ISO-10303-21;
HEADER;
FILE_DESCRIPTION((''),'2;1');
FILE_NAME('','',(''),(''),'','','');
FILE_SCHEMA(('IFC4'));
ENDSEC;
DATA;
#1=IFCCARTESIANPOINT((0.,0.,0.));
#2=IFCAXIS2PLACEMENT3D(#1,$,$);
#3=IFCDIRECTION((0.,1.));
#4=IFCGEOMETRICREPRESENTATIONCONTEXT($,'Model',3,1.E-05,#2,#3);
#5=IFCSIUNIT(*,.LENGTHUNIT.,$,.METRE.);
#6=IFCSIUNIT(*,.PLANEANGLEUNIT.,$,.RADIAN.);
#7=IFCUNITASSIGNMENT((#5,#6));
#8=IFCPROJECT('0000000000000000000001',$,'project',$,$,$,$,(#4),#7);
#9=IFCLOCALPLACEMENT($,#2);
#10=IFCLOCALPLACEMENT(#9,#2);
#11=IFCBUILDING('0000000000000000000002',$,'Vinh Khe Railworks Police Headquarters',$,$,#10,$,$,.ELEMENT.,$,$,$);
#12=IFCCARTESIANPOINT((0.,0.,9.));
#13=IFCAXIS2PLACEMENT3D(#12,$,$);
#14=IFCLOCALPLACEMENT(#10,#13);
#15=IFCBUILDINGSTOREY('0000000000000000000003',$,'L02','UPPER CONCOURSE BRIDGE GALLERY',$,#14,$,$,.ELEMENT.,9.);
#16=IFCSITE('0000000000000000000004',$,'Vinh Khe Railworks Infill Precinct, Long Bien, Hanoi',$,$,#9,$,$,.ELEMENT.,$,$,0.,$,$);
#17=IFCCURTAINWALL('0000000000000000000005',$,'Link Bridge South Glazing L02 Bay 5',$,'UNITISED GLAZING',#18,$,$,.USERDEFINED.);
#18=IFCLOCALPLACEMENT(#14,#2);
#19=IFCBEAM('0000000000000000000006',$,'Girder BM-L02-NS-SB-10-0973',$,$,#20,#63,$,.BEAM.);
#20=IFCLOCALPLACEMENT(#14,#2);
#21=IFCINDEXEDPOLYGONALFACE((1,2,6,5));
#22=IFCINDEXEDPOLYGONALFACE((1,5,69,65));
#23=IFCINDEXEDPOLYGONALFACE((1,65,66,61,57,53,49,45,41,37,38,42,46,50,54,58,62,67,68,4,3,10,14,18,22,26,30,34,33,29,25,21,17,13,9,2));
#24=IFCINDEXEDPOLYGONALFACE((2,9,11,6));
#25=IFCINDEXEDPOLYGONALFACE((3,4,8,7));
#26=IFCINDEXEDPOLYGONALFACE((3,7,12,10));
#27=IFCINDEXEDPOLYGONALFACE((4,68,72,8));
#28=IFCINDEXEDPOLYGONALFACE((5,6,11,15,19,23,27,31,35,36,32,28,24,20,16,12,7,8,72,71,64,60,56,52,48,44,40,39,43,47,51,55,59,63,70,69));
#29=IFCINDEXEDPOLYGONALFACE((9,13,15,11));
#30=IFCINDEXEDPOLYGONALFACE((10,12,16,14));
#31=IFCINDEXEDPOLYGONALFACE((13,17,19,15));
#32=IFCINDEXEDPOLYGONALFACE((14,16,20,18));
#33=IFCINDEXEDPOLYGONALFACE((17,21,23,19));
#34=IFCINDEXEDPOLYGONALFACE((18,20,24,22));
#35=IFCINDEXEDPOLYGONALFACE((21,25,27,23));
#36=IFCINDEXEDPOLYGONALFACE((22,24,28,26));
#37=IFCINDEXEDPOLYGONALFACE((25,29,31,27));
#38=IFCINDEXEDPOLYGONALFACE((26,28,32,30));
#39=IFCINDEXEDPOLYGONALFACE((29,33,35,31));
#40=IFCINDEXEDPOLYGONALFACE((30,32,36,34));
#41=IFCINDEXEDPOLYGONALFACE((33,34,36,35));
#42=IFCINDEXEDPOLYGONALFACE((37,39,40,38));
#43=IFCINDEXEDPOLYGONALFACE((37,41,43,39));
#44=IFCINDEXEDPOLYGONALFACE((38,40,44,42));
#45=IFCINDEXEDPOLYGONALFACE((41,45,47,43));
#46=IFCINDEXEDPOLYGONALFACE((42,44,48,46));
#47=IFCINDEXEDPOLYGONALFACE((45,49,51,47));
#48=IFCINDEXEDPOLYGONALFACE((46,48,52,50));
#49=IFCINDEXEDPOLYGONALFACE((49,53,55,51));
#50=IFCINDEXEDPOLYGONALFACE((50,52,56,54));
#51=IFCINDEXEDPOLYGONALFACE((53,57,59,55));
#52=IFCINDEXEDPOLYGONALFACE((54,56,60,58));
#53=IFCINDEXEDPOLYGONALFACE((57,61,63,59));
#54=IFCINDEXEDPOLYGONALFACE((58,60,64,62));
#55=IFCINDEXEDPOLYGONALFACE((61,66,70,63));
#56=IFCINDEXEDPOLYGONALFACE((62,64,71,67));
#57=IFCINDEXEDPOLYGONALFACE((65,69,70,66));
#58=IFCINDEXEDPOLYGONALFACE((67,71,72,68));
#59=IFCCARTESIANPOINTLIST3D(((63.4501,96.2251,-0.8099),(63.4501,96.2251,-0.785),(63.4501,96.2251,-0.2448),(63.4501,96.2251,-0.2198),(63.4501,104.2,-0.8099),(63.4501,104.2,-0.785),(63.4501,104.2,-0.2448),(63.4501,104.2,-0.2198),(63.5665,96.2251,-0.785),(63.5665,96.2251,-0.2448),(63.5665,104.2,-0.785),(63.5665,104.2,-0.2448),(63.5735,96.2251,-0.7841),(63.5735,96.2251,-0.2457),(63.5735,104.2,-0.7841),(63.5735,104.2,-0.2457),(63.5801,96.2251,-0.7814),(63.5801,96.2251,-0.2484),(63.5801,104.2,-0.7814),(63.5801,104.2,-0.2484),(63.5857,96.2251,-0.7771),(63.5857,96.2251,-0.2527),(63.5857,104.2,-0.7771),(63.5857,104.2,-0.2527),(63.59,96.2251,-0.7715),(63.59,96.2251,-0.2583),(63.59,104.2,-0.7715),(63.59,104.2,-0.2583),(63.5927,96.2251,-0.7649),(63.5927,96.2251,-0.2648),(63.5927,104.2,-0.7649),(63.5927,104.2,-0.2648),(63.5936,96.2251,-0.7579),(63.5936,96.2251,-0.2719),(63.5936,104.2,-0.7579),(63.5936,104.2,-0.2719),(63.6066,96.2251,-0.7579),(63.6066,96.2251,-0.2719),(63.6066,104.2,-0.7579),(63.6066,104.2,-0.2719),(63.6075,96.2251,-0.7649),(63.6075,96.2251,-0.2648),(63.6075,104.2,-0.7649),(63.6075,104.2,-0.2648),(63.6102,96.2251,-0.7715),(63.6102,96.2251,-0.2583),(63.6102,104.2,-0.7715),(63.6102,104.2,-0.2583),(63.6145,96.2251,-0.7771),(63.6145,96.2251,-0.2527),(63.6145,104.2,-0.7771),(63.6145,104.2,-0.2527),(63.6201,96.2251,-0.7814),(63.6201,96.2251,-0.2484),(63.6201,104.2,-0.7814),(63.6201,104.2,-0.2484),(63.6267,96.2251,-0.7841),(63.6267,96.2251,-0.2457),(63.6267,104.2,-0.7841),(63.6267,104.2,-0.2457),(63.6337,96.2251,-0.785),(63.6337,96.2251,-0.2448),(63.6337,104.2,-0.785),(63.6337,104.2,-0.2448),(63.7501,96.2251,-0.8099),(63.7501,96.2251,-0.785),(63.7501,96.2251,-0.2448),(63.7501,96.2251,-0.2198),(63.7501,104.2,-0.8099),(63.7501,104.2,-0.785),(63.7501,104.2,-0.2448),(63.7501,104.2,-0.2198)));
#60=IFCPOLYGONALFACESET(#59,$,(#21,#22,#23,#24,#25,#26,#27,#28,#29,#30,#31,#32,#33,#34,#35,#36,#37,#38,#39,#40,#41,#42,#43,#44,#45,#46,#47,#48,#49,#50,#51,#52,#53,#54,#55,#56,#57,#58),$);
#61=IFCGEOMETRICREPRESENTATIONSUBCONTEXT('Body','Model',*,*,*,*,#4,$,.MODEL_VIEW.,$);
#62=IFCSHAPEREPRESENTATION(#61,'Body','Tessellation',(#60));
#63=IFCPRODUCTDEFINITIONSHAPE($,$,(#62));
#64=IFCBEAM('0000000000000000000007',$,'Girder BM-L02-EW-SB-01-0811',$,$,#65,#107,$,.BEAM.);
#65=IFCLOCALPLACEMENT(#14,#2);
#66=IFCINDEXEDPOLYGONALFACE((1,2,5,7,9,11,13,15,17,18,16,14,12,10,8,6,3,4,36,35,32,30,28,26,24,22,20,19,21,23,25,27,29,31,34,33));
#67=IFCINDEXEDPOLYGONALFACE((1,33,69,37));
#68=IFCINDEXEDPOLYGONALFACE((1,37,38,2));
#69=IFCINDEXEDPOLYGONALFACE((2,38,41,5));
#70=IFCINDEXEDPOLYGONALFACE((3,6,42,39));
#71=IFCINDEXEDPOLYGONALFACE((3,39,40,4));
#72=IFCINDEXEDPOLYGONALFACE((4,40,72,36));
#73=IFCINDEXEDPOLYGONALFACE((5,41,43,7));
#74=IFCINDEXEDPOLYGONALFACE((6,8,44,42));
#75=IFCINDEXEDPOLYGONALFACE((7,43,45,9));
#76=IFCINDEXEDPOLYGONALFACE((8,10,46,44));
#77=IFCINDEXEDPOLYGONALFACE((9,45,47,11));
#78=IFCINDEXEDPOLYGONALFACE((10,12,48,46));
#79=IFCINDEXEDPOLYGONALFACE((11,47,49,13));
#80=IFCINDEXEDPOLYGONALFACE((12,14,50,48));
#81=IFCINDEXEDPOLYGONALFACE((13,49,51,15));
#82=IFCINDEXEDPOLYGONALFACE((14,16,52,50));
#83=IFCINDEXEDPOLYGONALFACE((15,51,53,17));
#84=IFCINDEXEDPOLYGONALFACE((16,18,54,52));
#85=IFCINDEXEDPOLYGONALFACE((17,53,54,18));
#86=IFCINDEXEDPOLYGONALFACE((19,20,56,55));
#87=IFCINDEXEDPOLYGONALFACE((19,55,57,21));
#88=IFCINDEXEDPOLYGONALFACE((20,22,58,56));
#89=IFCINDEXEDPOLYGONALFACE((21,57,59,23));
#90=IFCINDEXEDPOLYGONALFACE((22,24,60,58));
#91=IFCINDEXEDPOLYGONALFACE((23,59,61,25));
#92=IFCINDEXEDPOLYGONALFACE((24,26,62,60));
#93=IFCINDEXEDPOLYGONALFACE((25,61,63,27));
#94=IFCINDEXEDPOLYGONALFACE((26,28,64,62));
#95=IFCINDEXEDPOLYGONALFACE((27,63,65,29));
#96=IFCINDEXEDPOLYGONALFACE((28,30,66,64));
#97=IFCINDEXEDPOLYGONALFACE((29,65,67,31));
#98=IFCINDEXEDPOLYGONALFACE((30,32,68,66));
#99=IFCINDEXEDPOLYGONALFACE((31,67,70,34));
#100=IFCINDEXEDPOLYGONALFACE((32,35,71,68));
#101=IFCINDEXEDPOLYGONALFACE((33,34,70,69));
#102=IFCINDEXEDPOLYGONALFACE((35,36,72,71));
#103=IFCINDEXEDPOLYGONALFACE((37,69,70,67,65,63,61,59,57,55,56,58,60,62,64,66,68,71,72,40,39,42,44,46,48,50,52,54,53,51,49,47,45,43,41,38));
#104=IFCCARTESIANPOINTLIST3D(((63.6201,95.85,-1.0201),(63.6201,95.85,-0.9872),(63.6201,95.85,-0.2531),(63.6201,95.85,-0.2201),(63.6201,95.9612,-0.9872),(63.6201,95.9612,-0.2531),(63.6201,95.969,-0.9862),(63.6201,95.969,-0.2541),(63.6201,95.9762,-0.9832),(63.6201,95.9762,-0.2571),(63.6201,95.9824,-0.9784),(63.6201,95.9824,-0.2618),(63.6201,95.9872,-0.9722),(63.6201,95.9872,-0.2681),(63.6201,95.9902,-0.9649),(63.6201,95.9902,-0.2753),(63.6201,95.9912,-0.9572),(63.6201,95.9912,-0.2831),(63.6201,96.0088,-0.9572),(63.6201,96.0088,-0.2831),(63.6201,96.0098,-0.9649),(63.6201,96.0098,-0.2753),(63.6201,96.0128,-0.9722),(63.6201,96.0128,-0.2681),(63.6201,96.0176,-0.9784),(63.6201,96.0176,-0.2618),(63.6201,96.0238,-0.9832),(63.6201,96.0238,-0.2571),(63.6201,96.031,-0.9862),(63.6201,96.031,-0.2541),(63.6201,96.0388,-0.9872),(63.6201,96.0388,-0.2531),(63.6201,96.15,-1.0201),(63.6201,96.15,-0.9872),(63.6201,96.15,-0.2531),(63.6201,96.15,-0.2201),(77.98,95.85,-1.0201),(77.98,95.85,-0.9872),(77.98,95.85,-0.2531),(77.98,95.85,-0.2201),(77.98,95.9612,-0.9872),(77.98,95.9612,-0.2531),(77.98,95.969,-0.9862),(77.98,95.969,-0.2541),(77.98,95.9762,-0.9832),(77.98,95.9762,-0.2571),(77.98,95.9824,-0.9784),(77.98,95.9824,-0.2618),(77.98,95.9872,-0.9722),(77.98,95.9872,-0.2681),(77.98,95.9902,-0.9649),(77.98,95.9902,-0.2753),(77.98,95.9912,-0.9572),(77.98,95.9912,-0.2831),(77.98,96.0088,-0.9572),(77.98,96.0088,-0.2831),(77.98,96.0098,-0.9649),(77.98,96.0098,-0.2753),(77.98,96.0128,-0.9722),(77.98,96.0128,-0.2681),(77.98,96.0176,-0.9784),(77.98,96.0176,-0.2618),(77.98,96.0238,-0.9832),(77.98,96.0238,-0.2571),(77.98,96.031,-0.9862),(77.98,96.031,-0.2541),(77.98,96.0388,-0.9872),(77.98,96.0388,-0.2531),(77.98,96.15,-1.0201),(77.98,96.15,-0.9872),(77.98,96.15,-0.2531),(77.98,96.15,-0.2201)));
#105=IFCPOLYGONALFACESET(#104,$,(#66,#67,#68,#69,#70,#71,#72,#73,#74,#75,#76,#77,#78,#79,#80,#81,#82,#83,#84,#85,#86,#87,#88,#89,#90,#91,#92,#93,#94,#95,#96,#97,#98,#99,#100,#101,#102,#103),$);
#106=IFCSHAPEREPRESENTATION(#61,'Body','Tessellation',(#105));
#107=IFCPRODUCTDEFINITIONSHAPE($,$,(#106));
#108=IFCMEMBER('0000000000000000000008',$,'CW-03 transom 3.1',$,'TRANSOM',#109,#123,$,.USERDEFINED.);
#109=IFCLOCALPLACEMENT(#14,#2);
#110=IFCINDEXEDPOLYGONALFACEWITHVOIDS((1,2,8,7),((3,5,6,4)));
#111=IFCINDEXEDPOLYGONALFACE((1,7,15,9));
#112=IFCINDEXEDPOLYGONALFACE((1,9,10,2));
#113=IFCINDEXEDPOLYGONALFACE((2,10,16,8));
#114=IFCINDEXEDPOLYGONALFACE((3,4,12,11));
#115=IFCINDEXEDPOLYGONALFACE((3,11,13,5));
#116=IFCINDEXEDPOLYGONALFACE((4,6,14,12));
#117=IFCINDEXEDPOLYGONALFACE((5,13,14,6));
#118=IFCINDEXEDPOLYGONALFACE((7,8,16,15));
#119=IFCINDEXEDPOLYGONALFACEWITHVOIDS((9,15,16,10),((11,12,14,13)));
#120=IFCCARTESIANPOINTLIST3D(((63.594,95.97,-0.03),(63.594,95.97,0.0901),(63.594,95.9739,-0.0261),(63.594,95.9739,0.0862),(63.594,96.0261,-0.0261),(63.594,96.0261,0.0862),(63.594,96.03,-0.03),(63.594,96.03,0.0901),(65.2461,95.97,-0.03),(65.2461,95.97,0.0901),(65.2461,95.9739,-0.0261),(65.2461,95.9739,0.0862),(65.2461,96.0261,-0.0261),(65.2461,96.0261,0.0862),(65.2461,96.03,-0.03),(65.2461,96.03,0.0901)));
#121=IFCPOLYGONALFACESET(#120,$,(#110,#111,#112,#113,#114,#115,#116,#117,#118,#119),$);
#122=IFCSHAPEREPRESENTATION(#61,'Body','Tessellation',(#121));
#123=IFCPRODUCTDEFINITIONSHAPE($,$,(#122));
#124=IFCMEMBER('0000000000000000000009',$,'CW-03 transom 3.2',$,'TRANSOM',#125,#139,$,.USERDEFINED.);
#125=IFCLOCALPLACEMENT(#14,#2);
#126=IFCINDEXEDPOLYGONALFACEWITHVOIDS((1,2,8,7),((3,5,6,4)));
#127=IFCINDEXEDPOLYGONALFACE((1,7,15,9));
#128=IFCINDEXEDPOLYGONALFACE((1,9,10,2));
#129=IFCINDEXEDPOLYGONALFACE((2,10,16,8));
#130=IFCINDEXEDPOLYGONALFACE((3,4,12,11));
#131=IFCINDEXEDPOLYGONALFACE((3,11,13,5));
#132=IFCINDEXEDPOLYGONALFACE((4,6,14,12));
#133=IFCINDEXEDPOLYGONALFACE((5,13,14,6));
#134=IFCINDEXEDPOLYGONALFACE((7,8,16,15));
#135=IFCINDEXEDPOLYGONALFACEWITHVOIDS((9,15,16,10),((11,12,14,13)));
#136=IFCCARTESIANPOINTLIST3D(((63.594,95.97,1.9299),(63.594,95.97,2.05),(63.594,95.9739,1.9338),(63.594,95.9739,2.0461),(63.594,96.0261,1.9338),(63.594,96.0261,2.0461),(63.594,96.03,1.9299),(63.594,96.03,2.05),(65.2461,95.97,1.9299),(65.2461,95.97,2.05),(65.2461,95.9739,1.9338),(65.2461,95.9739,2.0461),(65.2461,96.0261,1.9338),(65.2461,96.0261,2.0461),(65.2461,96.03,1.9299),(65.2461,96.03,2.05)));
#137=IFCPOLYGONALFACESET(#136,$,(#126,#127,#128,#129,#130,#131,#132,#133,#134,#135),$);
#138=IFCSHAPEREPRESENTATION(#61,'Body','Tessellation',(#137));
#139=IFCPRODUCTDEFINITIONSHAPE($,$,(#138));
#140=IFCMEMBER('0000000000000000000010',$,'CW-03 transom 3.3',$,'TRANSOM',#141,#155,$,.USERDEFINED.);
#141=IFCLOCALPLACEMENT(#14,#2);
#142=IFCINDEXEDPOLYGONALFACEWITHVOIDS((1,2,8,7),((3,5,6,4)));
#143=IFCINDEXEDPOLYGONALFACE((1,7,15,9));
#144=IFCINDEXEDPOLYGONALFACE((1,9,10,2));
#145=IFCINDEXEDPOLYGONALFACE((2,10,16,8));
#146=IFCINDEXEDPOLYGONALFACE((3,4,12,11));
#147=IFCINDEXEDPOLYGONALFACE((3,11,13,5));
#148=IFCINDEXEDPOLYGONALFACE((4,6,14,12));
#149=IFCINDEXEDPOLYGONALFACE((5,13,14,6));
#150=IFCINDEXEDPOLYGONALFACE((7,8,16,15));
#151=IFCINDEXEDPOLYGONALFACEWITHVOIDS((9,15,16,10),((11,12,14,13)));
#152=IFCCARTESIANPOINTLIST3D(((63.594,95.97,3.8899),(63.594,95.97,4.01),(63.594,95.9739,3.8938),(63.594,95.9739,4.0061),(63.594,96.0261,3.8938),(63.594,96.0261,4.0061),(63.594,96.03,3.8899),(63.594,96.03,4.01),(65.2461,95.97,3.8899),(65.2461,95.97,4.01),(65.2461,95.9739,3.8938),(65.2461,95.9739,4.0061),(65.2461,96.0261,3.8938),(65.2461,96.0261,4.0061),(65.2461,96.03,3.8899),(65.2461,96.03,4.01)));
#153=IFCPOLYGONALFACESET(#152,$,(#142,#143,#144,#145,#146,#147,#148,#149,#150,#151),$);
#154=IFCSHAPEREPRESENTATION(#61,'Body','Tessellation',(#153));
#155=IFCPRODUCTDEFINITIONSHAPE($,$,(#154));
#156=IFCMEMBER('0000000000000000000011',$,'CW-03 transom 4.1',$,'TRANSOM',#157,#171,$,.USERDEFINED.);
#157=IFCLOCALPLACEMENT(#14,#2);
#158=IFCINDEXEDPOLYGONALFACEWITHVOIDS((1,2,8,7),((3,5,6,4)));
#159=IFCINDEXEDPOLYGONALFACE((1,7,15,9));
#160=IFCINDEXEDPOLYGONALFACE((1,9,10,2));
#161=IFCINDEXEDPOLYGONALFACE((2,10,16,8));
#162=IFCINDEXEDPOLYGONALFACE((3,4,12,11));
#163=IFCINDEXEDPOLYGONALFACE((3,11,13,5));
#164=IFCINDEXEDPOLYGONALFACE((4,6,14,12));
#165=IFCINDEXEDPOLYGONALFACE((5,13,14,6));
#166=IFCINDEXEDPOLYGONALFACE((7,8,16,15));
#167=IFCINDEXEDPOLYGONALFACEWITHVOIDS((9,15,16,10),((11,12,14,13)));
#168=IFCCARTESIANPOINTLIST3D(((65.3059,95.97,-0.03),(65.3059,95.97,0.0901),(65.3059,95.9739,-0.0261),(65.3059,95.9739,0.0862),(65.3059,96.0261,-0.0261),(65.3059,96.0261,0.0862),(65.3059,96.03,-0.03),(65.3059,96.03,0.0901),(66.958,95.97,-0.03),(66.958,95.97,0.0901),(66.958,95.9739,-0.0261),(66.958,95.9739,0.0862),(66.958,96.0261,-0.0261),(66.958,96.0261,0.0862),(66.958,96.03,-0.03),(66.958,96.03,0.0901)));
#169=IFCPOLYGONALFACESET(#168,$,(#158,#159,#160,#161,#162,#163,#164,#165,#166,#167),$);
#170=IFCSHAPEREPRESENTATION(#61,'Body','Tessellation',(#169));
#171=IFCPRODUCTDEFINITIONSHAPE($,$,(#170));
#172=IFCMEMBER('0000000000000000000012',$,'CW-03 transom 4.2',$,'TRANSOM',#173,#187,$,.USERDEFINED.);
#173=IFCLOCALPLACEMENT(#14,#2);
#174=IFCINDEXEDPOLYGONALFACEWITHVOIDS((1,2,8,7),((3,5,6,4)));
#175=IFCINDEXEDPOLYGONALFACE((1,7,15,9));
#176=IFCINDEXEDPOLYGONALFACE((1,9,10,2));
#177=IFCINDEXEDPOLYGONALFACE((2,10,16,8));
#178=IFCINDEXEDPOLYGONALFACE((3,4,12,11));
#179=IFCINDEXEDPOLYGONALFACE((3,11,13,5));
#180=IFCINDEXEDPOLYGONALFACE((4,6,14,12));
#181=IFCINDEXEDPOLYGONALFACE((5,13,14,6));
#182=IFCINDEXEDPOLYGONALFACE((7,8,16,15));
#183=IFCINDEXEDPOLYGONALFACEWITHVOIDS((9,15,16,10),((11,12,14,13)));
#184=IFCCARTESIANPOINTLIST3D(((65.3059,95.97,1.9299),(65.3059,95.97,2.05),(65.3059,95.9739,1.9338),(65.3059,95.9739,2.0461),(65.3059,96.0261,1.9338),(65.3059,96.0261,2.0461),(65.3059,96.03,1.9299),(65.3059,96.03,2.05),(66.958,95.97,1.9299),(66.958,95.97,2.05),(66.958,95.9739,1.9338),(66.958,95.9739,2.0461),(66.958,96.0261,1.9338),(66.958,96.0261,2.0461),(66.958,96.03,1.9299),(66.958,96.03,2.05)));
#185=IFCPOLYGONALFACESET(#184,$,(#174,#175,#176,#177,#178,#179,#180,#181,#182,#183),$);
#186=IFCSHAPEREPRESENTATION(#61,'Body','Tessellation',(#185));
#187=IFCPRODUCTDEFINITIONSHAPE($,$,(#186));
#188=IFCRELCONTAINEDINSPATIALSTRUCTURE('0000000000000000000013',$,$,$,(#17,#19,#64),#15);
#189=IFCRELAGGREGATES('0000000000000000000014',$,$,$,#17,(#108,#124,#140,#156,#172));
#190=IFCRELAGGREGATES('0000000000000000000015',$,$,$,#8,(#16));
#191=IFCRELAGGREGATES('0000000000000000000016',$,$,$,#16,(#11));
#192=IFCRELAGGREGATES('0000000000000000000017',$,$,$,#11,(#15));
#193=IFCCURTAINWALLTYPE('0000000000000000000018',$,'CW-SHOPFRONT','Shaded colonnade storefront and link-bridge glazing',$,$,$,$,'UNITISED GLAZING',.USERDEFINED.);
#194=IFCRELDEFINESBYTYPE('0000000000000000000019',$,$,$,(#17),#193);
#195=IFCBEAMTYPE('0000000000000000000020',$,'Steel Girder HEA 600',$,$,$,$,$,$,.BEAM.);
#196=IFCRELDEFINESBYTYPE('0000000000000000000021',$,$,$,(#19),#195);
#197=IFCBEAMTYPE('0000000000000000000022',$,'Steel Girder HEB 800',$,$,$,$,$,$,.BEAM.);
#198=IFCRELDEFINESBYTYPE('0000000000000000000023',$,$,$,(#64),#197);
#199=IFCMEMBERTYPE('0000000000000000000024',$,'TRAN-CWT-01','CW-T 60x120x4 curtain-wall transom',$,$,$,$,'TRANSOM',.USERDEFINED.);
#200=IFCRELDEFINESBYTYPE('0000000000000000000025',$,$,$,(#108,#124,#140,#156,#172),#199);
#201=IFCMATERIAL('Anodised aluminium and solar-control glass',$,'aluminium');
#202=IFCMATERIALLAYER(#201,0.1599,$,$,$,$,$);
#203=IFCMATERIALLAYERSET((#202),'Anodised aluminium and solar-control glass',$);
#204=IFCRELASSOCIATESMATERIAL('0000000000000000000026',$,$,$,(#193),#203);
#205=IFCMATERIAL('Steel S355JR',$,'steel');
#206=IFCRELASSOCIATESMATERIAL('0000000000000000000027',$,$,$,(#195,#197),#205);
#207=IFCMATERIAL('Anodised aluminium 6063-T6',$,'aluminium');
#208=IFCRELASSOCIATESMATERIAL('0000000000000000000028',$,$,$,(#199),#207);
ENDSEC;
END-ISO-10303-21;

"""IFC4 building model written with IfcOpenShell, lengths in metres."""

from ifc_helpers import new_model, si_unit, direction, frame, origin, origin_2d, place, context, subcontext, project, spatial, hollow_rectangle, i_section, extrude, material, layer, layer_set, material_profile, profile_set, type_object, element, aggregate, save


model = new_model("IFC4")

# Units and contexts
model_context = context("Model", 3, precision=1e-05, world=origin(), true_north=direction((0.0, 1.0)))
body_context = subcontext(model_context, "Body", "Model", "MODEL_VIEW")
ifc_project = project(units=[si_unit("LENGTHUNIT", "METRE"), si_unit("PLANEANGLEUNIT", "RADIAN")], contexts=[model_context])

# Site, building, storey
site_placement = place(None, origin())
site = spatial("IfcSite", under=ifc_project, at=site_placement, Name="Vinh Khe Railworks Infill Precinct, Long Bien, Hanoi", CompositionType="ELEMENT", RefElevation=0.0)
building_placement = place(site_placement, origin())
building = spatial("IfcBuilding", under=site, at=building_placement, Name="Vinh Khe Railworks Police Headquarters", CompositionType="ELEMENT")
storey_placement = place(building_placement, frame((0.0, 0.0, 9.0)))
storey = spatial("IfcBuildingStorey", under=building, at=storey_placement, Name="L02", Description="UPPER CONCOURSE BRIDGE GALLERY", CompositionType="ELEMENT", Elevation=9.0)

# Shared definitions
ifc_material_1 = material(Name="Steel S355JR", Category="steel")

# Curtain wall
ifc_material_2 = material(Name="Anodised aluminium and solar-control glass", Category="aluminium")
ifc_layer_1 = layer(ifc_material_2, 0.1599)
ifc_layer_set_1 = layer_set([ifc_layer_1], Name="Anodised aluminium and solar-control glass")
curtain_wall_type = type_object("IfcCurtainWallType", Name="CW-SHOPFRONT", Description="Shaded colonnade storefront and link-bridge glazing", ElementType="UNITISED GLAZING", PredefinedType="USERDEFINED", material=ifc_layer_set_1)
curtain_wall_1_placement = place(storey_placement, origin())
curtain_wall_1 = element("IfcCurtainWall", 1, at=curtain_wall_1_placement, inside=storey, type_object=curtain_wall_type, Name="Link Bridge South Glazing L02 Bay 5", ObjectType="UNITISED GLAZING", PredefinedType="USERDEFINED")
ifc_material_3 = material(Name="Anodised aluminium 6063-T6", Category="aluminium")

# Beams
ifc_material_profile_1 = material_profile(ifc_material_1, i_section(OverallWidth=0.3, OverallDepth=0.5901, WebThickness=0.0129, FlangeThickness=0.0249, FilletRadius=0.0271, at=origin_2d()), Name="HEA 600")
ifc_profile_set_1 = profile_set([ifc_material_profile_1], Name="Steel S355JR")
beam_type_1 = type_object("IfcBeamType", Name="Steel Girder HEA 600", PredefinedType="BEAM", material=ifc_profile_set_1)
beam_1_placement = place(storey_placement, frame((63.6001, 96.2251, -0.5149), z_axis=(0.0, 1.0, 0.0), x_axis=(-1.0, 0.0, 0.0)))
element("IfcBeam", 2, at=beam_1_placement, inside=storey, type_object=beam_type_1, Name="Girder BM-L02-NS-SB-10-0973", PredefinedType="BEAM", context=body_context, shape_type="SweptSolid", body=[
    extrude(i_section(OverallWidth=0.3, OverallDepth=0.5901, WebThickness=0.0129, FlangeThickness=0.0249, FilletRadius=0.0271, at=origin_2d()), origin(), (0.0, 0.0, 1.0), 7.9749),
])
ifc_material_profile_2 = material_profile(ifc_material_1, i_section(OverallWidth=0.3, OverallDepth=0.8, WebThickness=0.0176, FlangeThickness=0.033, FilletRadius=0.03, at=origin_2d()), Name="HEB 800")
ifc_profile_set_2 = profile_set([ifc_material_profile_2], Name="Steel S355JR")
beam_type_2 = type_object("IfcBeamType", Name="Steel Girder HEB 800", PredefinedType="BEAM", material=ifc_profile_set_2)
beam_2_placement = place(storey_placement, frame((63.6201, 96.0, -0.6201), z_axis=(1.0, 0.0, 0.0), x_axis=(0.0, 1.0, 0.0)))
element("IfcBeam", 3, at=beam_2_placement, inside=storey, type_object=beam_type_2, Name="Girder BM-L02-EW-SB-01-0811", PredefinedType="BEAM", context=body_context, shape_type="SweptSolid", body=[
    extrude(i_section(OverallWidth=0.3, OverallDepth=0.8, WebThickness=0.0176, FlangeThickness=0.033, FilletRadius=0.03, at=origin_2d()), origin(), (0.0, 0.0, 1.0), 14.3599),
])

# Members
ifc_material_profile_3 = material_profile(ifc_material_3, hollow_rectangle(XDim=0.0601, YDim=0.1201, WallThickness=0.0039, at=origin_2d()), Name="CW-T 60x120x4")
ifc_profile_set_3 = profile_set([ifc_material_profile_3], Name="Anodised aluminium 6063-T6")
member_type_1 = type_object("IfcMemberType", Name="TRAN-CWT-01", Description="CW-T 60x120x4 curtain-wall transom", ElementType="TRANSOM", PredefinedType="USERDEFINED", material=ifc_profile_set_3)
member_1_placement = place(storey_placement, frame((63.594, 96.0, 0.03), z_axis=(1.0, 0.0, 0.0), x_axis=(0.0, 1.0, 0.0)))
member_1 = element("IfcMember", 4, at=member_1_placement, type_object=member_type_1, Name="CW-03 transom 3.1", ObjectType="TRANSOM", PredefinedType="USERDEFINED", context=body_context, shape_type="SweptSolid", body=[
    extrude(hollow_rectangle(XDim=0.0601, YDim=0.1201, WallThickness=0.0039, at=origin_2d()), origin(), (0.0, 0.0, 1.0), 1.6521),
])
member_2_placement = place(storey_placement, frame((63.594, 96.0, 1.99), z_axis=(1.0, 0.0, 0.0), x_axis=(0.0, 1.0, 0.0)))
member_2 = element("IfcMember", 5, at=member_2_placement, type_object=member_type_1, Name="CW-03 transom 3.2", ObjectType="TRANSOM", PredefinedType="USERDEFINED", context=body_context, shape_type="SweptSolid", body=[
    extrude(hollow_rectangle(XDim=0.0601, YDim=0.1201, WallThickness=0.0039, at=origin_2d()), origin(), (0.0, 0.0, 1.0), 1.6521),
])
member_3_placement = place(storey_placement, frame((63.594, 96.0, 3.95), z_axis=(1.0, 0.0, 0.0), x_axis=(0.0, 1.0, 0.0)))
member_3 = element("IfcMember", 6, at=member_3_placement, type_object=member_type_1, Name="CW-03 transom 3.3", ObjectType="TRANSOM", PredefinedType="USERDEFINED", context=body_context, shape_type="SweptSolid", body=[
    extrude(hollow_rectangle(XDim=0.0601, YDim=0.1201, WallThickness=0.0039, at=origin_2d()), origin(), (0.0, 0.0, 1.0), 1.6521),
])
member_4_placement = place(storey_placement, frame((65.3059, 96.0, 0.03), z_axis=(1.0, 0.0, 0.0), x_axis=(0.0, 1.0, 0.0)))
member_4 = element("IfcMember", 7, at=member_4_placement, type_object=member_type_1, Name="CW-03 transom 4.1", ObjectType="TRANSOM", PredefinedType="USERDEFINED", context=body_context, shape_type="SweptSolid", body=[
    extrude(hollow_rectangle(XDim=0.0601, YDim=0.1201, WallThickness=0.0039, at=origin_2d()), origin(), (0.0, 0.0, 1.0), 1.6521),
])
member_5_placement = place(storey_placement, frame((65.3059, 96.0, 1.99), z_axis=(1.0, 0.0, 0.0), x_axis=(0.0, 1.0, 0.0)))
member_5 = element("IfcMember", 8, at=member_5_placement, type_object=member_type_1, Name="CW-03 transom 4.2", ObjectType="TRANSOM", PredefinedType="USERDEFINED", context=body_context, shape_type="SweptSolid", body=[
    extrude(hollow_rectangle(XDim=0.0601, YDim=0.1201, WallThickness=0.0039, at=origin_2d()), origin(), (0.0, 0.0, 1.0), 1.6521),
])

aggregate(curtain_wall_1, [member_1, member_2, member_3, member_4, member_5])

save(model, "model.ifc")
